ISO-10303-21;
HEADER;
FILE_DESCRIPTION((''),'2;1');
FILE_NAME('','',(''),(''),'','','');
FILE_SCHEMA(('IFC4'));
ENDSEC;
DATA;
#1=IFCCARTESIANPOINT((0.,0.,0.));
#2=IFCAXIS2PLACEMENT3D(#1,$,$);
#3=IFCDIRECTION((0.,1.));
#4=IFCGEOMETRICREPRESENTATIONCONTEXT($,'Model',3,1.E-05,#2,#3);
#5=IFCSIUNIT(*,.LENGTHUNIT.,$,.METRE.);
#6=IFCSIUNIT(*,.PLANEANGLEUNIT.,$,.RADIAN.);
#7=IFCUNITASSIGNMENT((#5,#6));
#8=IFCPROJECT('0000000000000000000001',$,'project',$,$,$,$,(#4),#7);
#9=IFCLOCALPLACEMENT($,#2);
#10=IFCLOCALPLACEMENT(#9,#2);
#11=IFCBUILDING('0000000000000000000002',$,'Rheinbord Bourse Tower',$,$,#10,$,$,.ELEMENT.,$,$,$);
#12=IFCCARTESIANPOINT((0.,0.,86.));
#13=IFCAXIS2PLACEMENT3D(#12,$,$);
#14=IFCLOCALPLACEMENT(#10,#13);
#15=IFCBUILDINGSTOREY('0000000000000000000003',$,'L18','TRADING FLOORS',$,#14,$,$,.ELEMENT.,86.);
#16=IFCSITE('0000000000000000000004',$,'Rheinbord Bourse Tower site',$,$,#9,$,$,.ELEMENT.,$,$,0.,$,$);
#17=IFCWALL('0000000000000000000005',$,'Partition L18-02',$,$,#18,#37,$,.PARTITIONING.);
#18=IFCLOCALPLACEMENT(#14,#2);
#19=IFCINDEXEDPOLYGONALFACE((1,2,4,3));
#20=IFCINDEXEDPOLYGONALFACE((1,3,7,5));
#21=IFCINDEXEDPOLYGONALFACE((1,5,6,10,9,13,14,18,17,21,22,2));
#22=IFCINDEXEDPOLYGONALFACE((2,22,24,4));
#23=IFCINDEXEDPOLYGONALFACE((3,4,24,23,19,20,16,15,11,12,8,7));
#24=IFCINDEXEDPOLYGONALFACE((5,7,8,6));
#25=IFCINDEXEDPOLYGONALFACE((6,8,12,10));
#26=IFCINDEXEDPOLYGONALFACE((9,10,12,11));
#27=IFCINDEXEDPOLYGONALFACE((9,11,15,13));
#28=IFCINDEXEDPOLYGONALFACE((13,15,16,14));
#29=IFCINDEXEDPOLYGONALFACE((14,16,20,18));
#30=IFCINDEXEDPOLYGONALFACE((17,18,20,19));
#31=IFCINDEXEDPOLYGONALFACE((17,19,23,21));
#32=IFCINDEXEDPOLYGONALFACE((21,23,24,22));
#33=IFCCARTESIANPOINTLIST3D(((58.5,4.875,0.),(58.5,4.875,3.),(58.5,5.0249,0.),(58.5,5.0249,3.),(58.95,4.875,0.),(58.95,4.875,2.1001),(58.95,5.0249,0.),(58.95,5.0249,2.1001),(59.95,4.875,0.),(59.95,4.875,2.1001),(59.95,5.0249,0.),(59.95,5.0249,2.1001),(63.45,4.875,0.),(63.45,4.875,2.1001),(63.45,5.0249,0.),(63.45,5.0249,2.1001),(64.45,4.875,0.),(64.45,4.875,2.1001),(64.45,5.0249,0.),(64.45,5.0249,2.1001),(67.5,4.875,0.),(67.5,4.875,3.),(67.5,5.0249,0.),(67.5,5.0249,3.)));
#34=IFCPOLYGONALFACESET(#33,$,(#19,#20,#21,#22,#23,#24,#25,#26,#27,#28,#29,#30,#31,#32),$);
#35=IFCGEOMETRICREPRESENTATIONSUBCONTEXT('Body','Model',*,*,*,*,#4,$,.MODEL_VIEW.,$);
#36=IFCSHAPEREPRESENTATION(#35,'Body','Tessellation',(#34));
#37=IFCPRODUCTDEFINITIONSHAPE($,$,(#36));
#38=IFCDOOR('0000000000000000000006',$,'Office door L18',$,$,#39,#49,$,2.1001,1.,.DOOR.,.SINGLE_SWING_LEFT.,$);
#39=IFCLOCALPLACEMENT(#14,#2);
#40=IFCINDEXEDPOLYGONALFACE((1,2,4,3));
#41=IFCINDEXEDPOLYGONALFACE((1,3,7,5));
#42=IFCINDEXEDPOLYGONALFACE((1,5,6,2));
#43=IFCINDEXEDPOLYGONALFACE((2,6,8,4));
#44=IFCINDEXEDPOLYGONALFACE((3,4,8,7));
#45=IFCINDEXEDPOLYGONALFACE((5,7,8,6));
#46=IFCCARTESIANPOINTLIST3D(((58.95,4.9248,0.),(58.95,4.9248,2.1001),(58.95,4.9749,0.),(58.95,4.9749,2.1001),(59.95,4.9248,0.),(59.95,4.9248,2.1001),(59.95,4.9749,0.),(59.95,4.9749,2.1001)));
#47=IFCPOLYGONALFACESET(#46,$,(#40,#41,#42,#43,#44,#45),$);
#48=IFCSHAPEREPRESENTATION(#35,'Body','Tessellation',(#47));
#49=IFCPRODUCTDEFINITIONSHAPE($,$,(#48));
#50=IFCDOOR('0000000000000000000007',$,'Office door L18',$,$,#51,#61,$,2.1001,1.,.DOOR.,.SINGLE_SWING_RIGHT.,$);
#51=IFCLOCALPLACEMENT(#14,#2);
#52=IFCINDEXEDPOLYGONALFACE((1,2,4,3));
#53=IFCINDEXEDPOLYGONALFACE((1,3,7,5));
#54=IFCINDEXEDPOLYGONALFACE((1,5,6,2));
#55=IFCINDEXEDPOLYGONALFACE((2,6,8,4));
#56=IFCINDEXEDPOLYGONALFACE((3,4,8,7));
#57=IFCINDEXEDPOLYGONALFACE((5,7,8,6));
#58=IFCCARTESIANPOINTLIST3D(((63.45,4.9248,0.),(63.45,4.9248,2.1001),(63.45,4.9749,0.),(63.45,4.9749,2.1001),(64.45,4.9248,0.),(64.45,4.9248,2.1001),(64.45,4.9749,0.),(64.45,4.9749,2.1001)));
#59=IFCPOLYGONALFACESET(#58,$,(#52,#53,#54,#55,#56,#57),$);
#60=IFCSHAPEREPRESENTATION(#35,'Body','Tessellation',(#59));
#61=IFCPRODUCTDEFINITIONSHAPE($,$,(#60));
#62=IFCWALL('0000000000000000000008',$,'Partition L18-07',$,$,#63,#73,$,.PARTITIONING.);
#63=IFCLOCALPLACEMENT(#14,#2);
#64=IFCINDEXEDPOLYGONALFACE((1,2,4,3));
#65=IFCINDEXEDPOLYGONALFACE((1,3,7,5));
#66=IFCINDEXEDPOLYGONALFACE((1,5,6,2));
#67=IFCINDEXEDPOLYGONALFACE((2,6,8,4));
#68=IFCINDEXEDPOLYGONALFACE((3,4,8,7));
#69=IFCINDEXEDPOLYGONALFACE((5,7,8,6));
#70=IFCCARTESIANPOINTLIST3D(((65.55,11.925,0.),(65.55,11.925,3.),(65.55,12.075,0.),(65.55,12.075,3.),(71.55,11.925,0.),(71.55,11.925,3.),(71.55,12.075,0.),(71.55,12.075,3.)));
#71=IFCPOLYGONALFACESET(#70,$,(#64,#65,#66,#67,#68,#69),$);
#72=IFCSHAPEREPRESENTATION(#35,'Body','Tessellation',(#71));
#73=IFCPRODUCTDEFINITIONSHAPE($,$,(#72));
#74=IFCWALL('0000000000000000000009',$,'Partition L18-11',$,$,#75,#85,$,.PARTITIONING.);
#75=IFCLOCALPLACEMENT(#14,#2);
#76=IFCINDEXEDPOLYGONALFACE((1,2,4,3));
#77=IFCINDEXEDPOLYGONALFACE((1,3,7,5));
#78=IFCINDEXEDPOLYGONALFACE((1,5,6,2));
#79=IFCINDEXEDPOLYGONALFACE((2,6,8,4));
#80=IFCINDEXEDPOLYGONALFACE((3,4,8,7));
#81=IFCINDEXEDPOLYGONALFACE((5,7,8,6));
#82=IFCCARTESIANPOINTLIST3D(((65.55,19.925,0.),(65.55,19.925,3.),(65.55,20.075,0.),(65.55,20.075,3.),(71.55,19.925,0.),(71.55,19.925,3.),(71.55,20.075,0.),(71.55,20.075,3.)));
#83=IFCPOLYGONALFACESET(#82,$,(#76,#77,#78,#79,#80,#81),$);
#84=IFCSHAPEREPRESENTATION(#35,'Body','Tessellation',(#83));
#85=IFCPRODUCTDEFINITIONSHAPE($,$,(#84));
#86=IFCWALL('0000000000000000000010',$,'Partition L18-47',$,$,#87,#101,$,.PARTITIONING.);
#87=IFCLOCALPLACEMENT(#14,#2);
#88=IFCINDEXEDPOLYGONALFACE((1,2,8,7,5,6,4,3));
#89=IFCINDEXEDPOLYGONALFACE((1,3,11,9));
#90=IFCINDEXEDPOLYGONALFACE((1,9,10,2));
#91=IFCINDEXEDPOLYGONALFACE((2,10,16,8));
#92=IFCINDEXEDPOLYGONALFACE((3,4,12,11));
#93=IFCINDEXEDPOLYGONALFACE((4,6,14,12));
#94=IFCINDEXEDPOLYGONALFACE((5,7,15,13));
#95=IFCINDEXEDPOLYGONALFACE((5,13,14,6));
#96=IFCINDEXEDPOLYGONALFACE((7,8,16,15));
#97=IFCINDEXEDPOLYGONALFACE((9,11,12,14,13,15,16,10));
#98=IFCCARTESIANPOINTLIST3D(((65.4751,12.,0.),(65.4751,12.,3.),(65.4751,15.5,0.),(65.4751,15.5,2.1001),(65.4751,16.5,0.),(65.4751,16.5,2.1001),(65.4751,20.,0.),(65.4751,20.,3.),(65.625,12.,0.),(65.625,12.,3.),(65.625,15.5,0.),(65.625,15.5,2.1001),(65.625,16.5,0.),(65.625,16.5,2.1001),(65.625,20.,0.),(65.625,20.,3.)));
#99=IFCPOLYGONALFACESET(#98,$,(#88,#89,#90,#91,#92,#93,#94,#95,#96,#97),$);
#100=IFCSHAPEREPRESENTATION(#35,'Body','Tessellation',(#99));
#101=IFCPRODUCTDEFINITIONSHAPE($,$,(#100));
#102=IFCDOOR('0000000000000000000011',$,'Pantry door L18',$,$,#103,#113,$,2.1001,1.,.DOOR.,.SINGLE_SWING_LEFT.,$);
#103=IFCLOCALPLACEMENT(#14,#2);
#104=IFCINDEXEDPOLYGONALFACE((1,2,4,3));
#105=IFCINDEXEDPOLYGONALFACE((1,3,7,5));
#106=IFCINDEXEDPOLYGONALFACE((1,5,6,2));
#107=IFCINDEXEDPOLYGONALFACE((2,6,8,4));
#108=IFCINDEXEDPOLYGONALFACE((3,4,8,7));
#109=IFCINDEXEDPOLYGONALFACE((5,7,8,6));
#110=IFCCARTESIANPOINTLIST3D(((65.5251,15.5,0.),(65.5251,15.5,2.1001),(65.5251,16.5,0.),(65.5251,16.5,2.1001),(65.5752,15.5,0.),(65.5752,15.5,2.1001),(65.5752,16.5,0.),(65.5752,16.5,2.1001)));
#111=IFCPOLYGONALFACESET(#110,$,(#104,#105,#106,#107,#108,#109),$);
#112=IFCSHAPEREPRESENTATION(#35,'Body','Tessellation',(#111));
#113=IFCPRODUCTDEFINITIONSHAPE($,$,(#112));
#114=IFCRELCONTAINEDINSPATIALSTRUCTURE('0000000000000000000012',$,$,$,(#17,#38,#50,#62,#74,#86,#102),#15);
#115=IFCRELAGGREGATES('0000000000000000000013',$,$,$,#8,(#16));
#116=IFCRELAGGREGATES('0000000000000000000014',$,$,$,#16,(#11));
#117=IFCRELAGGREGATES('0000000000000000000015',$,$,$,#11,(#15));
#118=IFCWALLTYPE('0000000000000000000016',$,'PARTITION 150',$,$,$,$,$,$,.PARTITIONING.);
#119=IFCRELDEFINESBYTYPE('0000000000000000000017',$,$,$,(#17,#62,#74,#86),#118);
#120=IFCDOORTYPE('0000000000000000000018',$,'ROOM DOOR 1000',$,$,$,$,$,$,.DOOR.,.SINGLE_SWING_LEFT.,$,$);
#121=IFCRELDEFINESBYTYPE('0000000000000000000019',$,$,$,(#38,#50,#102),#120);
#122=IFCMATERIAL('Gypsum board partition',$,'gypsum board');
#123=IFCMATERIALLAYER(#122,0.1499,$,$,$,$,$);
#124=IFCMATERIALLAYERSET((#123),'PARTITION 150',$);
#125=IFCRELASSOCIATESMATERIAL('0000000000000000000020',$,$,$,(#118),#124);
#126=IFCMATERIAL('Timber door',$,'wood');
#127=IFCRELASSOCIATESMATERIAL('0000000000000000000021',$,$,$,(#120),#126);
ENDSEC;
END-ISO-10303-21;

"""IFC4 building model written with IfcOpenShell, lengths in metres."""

from ifc_helpers import new_model, si_unit, direction, frame, frame_2d, origin, place, context, subcontext, project, spatial, rectangle, extrude, material, layer, layer_set, type_object, element, fill, save


model = new_model("IFC4")

# Units and contexts
model_context = context("Model", 3, precision=1e-05, world=origin(), true_north=direction((0.0, 1.0)))
body_context = subcontext(model_context, "Body", "Model", "MODEL_VIEW")
ifc_project = project(units=[si_unit("LENGTHUNIT", "METRE"), si_unit("PLANEANGLEUNIT", "RADIAN")], contexts=[model_context])

# Site, building, storey
site_placement = place(None, origin())
site = spatial("IfcSite", under=ifc_project, at=site_placement, Name="Rheinbord Bourse Tower site", CompositionType="ELEMENT", RefElevation=0.0)
building_placement = place(site_placement, origin())
building = spatial("IfcBuilding", under=site, at=building_placement, Name="Rheinbord Bourse Tower", CompositionType="ELEMENT")
storey_placement = place(building_placement, frame((0.0, 0.0, 86.0)))
storey = spatial("IfcBuildingStorey", under=building, at=storey_placement, Name="L18", Description="TRADING FLOORS", CompositionType="ELEMENT", Elevation=86.0)

# Wall, openings, doors
ifc_material_1 = material(Name="Gypsum board partition", Category="gypsum board")
ifc_layer_1 = layer(ifc_material_1, 0.1499)
ifc_layer_set_1 = layer_set([ifc_layer_1], Name="PARTITION 150")
wall_type_1 = type_object("IfcWallType", Name="PARTITION 150", PredefinedType="PARTITIONING", material=ifc_layer_set_1)
wall_1_placement = place(storey_placement, frame((58.5, 4.95, 0.0), z_axis=(0.0, 0.0, 1.0), x_axis=(1.0, 0.0, 0.0)))
wall_1 = element("IfcWall", 1, at=wall_1_placement, inside=storey, type_object=wall_type_1, Name="Partition L18-02", PredefinedType="PARTITIONING", context=body_context, shape_type="SweptSolid", body=[
    extrude(rectangle(XDim=9.0, YDim=0.1499, at=frame_2d((4.5, 0.0))), origin(), (0.0, 0.0, 1.0), 3.0),
])
opening_1_placement = place(wall_1_placement, frame((0.45, 0.0, 0.0)))
opening_1 = element("IfcOpeningElement", 2, at=opening_1_placement, cuts=wall_1, PredefinedType="OPENING", context=body_context, shape_type="SweptSolid", body=[
    extrude(rectangle(XDim=1.0, YDim=2.1001, at=frame_2d((0.5, 1.05))), frame((0.0, 0.085, 0.0), z_axis=(0.0, -1.0, 0.0), x_axis=(1.0, 0.0, 0.0)), (0.0, 0.0, 1.0), 0.1699),
])
opening_2_placement = place(wall_1_placement, frame((4.95, 0.0, 0.0)))
opening_2 = element("IfcOpeningElement", 3, at=opening_2_placement, cuts=wall_1, PredefinedType="OPENING", context=body_context, shape_type="SweptSolid", body=[
    extrude(rectangle(XDim=1.0, YDim=2.1001, at=frame_2d((0.5, 1.05))), frame((0.0, 0.085, 0.0), z_axis=(0.0, -1.0, 0.0), x_axis=(1.0, 0.0, 0.0)), (0.0, 0.0, 1.0), 0.1699),
])
ifc_material_2 = material(Name="Timber door", Category="wood")
door_type = type_object("IfcDoorType", Name="ROOM DOOR 1000", OperationType="SINGLE_SWING_LEFT", PredefinedType="DOOR", material=ifc_material_2)
door_1_placement = place(opening_1_placement, origin())
door_1 = element("IfcDoor", 4, at=door_1_placement, inside=storey, type_object=door_type, Name="Office door L18", OperationType="SINGLE_SWING_LEFT", OverallHeight=2.1001, OverallWidth=1.0, PredefinedType="DOOR", context=body_context, shape_type="SweptSolid", body=[
    extrude(rectangle(XDim=1.0, YDim=2.1001, at=frame_2d((0.5, 1.05))), frame((0.0, 0.0249, 0.0), z_axis=(0.0, -1.0, 0.0), x_axis=(1.0, 0.0, 0.0)), (0.0, 0.0, 1.0), 0.05),
])
fill(opening_1, door_1)
door_2_placement = place(opening_2_placement, origin())
door_2 = element("IfcDoor", 5, at=door_2_placement, inside=storey, type_object=door_type, Name="Office door L18", OperationType="SINGLE_SWING_RIGHT", OverallHeight=2.1001, OverallWidth=1.0, PredefinedType="DOOR", context=body_context, shape_type="SweptSolid", body=[
    extrude(rectangle(XDim=1.0, YDim=2.1001, at=frame_2d((0.5, 1.05))), frame((0.0, 0.0249, 0.0), z_axis=(0.0, -1.0, 0.0), x_axis=(1.0, 0.0, 0.0)), (0.0, 0.0, 1.0), 0.05),
])
fill(opening_2, door_2)

# Walls
for number, where, z_axis, x_axis, name in (
    (6, (65.55, 12.0, 0.0), (0.0, 0.0, 1.0), (1.0, 0.0, 0.0), "Partition L18-07"),
    (7, (65.55, 20.0, 0.0), (0.0, 0.0, 1.0), (1.0, 0.0, 0.0), "Partition L18-11"),
):
    element("IfcWall", number, at=place(storey_placement, frame(where, z_axis=z_axis, x_axis=x_axis)), inside=storey, type_object=wall_type_1, Name=name, PredefinedType="PARTITIONING", context=body_context, shape_type="SweptSolid", body=[
        extrude(rectangle(XDim=6.0, YDim=0.1499, at=frame_2d((3.0, 0.0))), origin(), (0.0, 0.0, 1.0), 3.0),
    ])

# Wall, opening, door
wall_2_placement = place(storey_placement, frame((65.55, 12.0, 0.0), z_axis=(0.0, 0.0, 1.0), x_axis=(0.0, 1.0, 0.0)))
wall_2 = element("IfcWall", 8, at=wall_2_placement, inside=storey, type_object=wall_type_1, Name="Partition L18-47", PredefinedType="PARTITIONING", context=body_context, shape_type="SweptSolid", body=[
    extrude(rectangle(XDim=8.0, YDim=0.1499, at=frame_2d((4.0, 0.0))), origin(), (0.0, 0.0, 1.0), 3.0),
])
opening_3_placement = place(wall_2_placement, frame((3.5, 0.0, 0.0)))
opening_3 = element("IfcOpeningElement", 9, at=opening_3_placement, cuts=wall_2, PredefinedType="OPENING", context=body_context, shape_type="SweptSolid", body=[
    extrude(rectangle(XDim=1.0, YDim=2.1001, at=frame_2d((0.5, 1.05))), frame((0.0, 0.085, 0.0), z_axis=(0.0, -1.0, 0.0), x_axis=(1.0, 0.0, 0.0)), (0.0, 0.0, 1.0), 0.1699),
])
door_3_placement = place(opening_3_placement, origin())
door_3 = element("IfcDoor", 10, at=door_3_placement, inside=storey, type_object=door_type, Name="Pantry door L18", OperationType="SINGLE_SWING_LEFT", OverallHeight=2.1001, OverallWidth=1.0, PredefinedType="DOOR", context=body_context, shape_type="SweptSolid", body=[
    extrude(rectangle(XDim=1.0, YDim=2.1001, at=frame_2d((0.5, 1.05))), frame((0.0, 0.0249, 0.0), z_axis=(0.0, -1.0, 0.0), x_axis=(1.0, 0.0, 0.0)), (0.0, 0.0, 1.0), 0.05),
])
fill(opening_3, door_3)

save(model, "model.ifc")
